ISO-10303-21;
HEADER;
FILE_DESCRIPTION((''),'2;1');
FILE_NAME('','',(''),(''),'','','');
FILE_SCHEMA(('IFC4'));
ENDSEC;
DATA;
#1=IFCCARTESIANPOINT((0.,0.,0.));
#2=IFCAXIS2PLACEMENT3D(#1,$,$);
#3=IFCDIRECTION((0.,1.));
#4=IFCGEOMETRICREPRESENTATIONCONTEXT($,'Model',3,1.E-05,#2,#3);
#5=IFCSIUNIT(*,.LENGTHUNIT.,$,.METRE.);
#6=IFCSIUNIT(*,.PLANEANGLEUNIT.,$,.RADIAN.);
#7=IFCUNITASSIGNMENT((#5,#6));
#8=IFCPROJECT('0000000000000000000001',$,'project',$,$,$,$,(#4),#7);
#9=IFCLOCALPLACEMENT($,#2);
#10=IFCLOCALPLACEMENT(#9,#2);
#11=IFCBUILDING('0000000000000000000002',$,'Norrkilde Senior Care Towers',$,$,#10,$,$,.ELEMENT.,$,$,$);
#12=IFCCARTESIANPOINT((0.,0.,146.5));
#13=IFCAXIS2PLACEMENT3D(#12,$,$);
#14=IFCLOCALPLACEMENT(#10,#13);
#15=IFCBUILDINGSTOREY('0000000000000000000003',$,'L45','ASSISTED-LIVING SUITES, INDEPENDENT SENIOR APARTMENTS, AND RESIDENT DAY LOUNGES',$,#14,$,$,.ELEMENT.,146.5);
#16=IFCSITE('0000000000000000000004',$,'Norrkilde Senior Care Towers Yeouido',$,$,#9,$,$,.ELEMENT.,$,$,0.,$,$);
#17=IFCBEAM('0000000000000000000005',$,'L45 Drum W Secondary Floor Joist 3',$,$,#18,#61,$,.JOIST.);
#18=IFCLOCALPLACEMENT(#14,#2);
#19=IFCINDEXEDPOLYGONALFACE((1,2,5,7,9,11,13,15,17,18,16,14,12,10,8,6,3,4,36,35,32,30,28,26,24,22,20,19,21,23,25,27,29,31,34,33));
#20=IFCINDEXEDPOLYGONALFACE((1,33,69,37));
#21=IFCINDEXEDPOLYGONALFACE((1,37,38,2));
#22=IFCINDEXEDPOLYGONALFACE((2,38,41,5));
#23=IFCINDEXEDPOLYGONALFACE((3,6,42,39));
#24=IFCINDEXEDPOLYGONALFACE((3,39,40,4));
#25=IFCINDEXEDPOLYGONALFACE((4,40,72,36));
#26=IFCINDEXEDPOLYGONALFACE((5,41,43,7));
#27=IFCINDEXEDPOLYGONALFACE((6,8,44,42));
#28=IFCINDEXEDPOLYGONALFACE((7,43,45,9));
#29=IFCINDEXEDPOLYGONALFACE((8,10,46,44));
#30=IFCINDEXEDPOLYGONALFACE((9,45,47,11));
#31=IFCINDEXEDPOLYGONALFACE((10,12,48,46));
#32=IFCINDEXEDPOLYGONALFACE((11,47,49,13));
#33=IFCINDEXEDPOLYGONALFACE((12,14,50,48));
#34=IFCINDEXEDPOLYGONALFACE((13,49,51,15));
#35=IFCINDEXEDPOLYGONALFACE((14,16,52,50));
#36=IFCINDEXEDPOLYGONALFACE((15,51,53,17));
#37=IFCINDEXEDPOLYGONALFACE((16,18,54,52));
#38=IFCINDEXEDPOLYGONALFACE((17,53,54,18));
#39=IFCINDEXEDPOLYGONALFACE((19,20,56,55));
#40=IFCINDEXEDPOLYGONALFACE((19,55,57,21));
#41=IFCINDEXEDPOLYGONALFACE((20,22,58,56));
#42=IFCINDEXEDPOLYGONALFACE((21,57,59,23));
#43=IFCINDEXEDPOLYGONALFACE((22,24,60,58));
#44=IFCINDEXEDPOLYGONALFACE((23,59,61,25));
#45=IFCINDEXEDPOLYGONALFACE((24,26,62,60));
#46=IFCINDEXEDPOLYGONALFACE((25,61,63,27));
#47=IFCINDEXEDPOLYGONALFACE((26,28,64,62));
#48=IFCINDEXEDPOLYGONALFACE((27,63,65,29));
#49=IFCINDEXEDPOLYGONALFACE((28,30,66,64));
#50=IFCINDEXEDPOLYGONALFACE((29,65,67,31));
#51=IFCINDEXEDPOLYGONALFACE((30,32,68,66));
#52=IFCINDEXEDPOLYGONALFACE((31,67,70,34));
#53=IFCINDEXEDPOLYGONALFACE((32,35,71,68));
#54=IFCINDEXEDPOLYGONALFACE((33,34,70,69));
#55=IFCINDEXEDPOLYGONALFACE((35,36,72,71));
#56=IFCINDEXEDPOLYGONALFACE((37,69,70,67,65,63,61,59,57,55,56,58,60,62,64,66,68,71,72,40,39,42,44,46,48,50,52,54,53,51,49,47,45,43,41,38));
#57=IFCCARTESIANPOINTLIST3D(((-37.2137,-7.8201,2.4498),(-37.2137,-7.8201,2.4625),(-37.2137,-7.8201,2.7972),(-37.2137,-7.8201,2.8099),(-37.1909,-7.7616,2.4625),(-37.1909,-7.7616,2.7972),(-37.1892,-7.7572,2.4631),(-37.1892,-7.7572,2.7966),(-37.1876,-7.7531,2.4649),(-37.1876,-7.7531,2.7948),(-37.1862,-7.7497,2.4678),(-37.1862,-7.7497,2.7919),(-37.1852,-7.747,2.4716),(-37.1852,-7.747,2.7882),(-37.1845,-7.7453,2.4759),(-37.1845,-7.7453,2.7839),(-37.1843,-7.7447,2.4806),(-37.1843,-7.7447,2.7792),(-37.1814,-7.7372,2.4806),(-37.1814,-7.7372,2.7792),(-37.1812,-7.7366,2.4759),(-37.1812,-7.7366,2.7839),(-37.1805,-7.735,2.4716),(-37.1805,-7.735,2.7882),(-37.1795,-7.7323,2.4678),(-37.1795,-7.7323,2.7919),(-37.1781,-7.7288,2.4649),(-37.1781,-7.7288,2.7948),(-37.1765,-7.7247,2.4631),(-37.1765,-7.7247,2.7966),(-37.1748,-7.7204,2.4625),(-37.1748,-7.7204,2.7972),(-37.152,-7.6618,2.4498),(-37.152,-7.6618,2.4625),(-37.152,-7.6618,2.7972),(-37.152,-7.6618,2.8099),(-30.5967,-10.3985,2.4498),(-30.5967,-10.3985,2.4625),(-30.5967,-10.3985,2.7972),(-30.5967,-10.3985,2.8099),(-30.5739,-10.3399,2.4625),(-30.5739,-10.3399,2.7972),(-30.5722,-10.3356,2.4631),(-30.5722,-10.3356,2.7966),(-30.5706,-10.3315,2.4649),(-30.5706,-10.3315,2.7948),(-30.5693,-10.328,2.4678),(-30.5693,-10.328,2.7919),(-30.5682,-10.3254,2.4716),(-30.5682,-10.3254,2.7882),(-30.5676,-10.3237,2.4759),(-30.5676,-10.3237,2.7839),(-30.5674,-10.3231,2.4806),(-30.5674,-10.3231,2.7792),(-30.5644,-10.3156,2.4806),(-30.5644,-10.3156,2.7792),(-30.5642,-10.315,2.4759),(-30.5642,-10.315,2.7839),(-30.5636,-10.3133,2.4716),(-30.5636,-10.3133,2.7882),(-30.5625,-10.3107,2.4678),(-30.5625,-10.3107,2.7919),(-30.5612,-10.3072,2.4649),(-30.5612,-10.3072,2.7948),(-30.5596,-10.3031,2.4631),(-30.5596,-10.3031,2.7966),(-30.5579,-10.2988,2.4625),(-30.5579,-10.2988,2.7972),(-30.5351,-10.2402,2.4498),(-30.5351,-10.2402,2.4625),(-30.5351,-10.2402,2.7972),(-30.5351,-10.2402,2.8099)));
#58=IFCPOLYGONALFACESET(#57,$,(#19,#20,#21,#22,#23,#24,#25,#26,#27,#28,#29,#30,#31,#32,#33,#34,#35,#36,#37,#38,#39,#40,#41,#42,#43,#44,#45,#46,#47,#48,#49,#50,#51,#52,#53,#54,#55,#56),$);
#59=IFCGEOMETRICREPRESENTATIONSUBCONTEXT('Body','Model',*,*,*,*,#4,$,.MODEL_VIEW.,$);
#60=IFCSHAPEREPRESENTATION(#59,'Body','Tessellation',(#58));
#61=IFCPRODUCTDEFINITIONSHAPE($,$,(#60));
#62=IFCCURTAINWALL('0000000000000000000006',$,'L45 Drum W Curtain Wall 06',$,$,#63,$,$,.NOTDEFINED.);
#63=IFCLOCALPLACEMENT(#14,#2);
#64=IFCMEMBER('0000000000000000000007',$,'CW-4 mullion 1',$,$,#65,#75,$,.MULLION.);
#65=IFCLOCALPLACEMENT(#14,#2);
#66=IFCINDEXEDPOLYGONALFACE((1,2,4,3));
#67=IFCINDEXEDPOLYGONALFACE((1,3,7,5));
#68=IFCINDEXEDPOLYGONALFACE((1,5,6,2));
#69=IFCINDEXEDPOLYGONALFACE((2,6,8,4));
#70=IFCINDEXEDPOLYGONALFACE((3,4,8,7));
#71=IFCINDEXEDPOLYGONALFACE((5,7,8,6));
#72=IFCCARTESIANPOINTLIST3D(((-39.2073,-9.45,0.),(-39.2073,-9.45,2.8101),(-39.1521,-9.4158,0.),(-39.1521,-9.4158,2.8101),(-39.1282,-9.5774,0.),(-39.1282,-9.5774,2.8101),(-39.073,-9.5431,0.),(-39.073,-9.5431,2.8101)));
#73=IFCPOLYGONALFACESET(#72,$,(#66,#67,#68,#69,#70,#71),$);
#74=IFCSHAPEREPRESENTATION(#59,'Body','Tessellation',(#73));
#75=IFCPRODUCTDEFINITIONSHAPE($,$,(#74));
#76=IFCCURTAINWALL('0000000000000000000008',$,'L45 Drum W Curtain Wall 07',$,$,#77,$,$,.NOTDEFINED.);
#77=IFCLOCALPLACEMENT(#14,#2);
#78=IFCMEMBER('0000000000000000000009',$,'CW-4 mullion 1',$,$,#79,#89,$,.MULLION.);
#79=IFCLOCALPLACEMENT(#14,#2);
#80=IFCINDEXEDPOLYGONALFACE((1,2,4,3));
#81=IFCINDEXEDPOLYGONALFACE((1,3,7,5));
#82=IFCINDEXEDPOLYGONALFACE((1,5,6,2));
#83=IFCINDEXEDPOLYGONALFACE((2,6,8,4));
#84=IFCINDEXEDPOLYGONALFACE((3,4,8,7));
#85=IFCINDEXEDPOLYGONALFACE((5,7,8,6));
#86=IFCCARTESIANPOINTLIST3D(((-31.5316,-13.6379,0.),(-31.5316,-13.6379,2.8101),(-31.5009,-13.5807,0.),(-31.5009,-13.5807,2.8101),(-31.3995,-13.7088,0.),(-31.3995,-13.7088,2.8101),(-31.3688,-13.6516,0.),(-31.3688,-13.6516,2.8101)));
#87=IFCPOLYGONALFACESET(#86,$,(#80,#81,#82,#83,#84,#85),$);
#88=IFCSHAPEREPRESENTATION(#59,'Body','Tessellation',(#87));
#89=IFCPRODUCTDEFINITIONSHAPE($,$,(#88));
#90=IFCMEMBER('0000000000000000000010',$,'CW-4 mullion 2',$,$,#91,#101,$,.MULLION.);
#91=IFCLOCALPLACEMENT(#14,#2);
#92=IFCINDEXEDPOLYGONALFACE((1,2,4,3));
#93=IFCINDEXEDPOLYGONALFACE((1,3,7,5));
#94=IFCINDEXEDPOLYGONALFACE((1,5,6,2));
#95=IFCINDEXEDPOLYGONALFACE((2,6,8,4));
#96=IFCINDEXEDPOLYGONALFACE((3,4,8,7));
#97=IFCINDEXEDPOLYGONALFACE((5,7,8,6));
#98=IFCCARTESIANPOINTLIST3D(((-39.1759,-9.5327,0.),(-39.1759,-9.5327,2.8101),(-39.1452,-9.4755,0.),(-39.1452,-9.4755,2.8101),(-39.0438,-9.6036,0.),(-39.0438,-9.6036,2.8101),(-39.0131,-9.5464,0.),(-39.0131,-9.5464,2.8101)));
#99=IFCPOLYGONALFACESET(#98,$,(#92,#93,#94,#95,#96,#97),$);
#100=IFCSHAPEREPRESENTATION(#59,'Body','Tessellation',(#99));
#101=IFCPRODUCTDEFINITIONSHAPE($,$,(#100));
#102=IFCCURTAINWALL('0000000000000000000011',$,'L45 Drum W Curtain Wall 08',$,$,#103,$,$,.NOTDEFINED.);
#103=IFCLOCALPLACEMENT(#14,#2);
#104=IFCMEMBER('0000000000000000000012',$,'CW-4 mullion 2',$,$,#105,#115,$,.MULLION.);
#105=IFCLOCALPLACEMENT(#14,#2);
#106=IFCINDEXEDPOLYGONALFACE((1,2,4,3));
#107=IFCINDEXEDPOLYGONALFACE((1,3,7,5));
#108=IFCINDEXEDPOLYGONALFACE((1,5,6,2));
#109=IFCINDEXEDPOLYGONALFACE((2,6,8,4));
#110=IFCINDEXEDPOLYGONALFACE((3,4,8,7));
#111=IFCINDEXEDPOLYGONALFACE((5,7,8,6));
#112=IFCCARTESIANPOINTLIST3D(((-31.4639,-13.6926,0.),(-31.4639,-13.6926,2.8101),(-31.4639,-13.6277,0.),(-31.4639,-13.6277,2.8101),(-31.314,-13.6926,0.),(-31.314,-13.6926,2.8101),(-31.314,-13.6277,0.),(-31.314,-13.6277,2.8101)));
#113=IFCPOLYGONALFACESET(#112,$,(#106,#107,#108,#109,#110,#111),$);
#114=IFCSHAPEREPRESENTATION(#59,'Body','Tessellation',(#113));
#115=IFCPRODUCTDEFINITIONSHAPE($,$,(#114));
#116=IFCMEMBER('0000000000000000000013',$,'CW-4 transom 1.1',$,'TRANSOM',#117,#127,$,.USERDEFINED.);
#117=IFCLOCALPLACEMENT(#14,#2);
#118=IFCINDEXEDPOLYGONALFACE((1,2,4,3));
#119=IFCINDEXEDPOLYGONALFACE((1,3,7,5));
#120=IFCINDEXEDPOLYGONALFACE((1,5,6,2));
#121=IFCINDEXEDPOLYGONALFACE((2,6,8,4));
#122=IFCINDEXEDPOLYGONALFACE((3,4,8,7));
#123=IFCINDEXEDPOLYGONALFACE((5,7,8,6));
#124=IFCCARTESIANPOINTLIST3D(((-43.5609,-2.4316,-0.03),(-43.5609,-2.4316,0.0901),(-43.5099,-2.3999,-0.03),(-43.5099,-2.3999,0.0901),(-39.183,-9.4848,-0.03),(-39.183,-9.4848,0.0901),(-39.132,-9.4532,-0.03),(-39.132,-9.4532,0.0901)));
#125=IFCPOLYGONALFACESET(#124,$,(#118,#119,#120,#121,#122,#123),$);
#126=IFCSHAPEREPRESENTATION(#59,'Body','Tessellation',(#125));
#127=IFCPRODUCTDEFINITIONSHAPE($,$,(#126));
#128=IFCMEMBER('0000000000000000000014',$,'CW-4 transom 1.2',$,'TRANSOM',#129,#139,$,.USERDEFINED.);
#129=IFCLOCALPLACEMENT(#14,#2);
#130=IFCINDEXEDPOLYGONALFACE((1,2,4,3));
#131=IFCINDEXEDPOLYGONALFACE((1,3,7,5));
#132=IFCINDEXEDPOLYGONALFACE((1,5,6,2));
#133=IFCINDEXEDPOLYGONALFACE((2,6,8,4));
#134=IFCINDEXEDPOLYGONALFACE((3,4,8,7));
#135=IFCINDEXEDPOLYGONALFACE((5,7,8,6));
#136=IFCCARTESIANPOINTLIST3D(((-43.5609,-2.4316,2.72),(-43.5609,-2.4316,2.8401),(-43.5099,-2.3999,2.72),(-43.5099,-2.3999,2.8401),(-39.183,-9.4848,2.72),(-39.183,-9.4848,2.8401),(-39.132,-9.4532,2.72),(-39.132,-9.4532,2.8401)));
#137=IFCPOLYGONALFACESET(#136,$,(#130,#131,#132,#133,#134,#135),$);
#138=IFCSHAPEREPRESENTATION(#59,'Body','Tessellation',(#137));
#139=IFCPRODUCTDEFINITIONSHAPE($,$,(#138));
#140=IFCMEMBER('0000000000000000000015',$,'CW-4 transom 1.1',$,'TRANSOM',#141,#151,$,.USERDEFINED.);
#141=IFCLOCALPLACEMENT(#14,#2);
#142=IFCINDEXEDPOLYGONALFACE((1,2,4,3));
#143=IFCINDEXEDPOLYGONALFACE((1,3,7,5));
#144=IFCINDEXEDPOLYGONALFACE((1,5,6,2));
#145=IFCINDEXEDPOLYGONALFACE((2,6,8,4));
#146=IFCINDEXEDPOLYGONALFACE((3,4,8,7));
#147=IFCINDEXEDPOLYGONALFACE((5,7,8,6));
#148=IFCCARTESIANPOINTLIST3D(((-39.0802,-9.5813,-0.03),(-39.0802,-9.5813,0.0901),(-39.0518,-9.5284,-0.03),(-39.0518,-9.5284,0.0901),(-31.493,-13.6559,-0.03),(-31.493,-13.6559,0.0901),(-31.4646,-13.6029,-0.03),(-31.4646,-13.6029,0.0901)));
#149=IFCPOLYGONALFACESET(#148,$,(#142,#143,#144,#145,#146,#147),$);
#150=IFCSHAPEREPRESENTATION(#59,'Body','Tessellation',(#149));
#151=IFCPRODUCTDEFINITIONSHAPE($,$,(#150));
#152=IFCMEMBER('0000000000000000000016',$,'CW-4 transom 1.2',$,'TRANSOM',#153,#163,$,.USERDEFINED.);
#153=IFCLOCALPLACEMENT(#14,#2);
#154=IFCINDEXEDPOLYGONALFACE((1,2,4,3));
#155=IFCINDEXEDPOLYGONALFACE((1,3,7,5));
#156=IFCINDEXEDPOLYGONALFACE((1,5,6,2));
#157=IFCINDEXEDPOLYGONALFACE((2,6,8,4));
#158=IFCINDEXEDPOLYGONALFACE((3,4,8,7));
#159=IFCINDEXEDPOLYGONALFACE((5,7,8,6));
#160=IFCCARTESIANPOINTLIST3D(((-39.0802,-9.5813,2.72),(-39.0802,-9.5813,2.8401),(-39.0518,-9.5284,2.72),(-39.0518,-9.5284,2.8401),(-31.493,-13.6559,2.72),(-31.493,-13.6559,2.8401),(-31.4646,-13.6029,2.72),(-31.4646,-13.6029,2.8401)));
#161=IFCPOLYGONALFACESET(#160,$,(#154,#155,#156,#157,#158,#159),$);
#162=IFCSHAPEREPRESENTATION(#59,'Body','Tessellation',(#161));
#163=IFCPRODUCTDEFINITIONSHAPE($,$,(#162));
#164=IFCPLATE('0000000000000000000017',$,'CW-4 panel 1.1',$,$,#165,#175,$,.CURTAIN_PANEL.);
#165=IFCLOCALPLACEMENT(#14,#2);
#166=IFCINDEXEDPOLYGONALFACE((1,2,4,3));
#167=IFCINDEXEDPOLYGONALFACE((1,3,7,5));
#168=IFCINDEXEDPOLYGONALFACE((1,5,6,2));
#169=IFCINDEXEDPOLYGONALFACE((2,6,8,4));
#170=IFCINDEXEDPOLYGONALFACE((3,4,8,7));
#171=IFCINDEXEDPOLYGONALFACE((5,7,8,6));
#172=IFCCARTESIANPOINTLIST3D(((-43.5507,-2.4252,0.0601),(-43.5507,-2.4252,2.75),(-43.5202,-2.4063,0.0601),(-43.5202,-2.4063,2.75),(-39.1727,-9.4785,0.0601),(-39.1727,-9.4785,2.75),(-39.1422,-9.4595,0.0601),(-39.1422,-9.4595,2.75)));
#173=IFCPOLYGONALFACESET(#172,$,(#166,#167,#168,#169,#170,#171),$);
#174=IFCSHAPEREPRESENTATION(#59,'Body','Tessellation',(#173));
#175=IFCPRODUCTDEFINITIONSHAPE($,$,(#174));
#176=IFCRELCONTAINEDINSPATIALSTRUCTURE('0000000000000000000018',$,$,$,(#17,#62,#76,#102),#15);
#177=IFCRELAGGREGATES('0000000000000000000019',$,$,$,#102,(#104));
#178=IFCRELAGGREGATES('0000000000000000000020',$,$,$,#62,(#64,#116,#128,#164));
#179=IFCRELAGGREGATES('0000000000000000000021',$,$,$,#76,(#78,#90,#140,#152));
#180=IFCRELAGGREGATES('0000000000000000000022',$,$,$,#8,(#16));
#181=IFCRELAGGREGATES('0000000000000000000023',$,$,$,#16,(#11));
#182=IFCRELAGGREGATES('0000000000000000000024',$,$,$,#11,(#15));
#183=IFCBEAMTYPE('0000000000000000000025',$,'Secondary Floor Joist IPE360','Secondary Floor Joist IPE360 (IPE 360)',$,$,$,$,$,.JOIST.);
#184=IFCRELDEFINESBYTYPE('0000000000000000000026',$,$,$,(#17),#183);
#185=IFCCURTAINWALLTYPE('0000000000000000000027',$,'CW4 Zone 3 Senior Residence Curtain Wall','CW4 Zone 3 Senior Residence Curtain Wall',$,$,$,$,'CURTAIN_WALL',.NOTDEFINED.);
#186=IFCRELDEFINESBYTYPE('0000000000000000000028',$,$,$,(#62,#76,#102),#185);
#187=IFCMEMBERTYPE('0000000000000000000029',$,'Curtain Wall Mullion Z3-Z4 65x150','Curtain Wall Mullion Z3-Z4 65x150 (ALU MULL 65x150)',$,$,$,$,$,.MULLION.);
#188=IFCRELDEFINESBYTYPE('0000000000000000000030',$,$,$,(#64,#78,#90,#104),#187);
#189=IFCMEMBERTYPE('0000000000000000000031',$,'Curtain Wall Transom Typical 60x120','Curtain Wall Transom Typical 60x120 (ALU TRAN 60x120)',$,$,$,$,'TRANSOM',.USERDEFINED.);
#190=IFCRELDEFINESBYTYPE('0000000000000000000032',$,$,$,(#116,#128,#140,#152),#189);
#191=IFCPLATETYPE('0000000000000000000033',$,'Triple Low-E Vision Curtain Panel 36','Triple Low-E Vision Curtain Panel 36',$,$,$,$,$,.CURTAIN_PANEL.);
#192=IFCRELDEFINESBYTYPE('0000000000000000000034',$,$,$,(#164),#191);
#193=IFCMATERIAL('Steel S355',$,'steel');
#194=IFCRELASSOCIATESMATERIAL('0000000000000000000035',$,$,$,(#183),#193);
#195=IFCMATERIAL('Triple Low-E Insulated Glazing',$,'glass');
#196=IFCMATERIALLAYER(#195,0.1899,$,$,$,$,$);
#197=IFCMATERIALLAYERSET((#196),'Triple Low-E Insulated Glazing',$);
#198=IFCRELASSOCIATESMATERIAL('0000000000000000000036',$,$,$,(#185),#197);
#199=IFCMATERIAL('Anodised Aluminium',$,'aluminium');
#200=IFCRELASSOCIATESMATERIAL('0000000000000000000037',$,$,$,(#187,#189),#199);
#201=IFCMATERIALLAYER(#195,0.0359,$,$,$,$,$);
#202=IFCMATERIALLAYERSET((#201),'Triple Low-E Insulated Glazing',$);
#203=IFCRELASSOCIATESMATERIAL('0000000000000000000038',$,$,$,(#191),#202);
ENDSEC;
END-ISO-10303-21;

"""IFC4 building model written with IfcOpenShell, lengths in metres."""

from ifc_helpers import new_model, si_unit, direction, frame, origin, origin_2d, place, context, subcontext, project, spatial, rectangle, i_section, extrude, source, transform, mapped, material, layer, layer_set, material_profile, profile_set, type_object, type_shapes, element, aggregate, save


model = new_model("IFC4")

# Units and contexts
model_context = context("Model", 3, precision=1e-05, world=origin(), true_north=direction((0.0, 1.0)))
body_context = subcontext(model_context, "Body", "Model", "MODEL_VIEW")
ifc_project = project(units=[si_unit("LENGTHUNIT", "METRE"), si_unit("PLANEANGLEUNIT", "RADIAN")], contexts=[model_context])

# Site, building, storey
site_placement = place(None, origin())
site = spatial("IfcSite", under=ifc_project, at=site_placement, Name="Norrkilde Senior Care Towers Yeouido", CompositionType="ELEMENT", RefElevation=0.0)
building_placement = place(site_placement, origin())
building = spatial("IfcBuilding", under=site, at=building_placement, Name="Norrkilde Senior Care Towers", CompositionType="ELEMENT")
storey_placement = place(building_placement, frame((0.0, 0.0, 146.5)))
storey = spatial("IfcBuildingStorey", under=building, at=storey_placement, Name="L45", Description="ASSISTED-LIVING SUITES, INDEPENDENT SENIOR APARTMENTS, AND RESIDENT DAY LOUNGES", CompositionType="ELEMENT", Elevation=146.5)

# Beam
ifc_material_1 = material(Name="Steel S355", Category="steel")
ifc_material_profile_1 = material_profile(ifc_material_1, i_section(OverallWidth=0.1699, OverallDepth=0.3601, WebThickness=0.0081, FlangeThickness=0.0127, FilletRadius=0.0181, at=origin_2d()), Name="IPE 360")
ifc_profile_set_1 = profile_set([ifc_material_profile_1], Name="Steel S355")
beam_type_1 = type_object("IfcBeamType", Name="Secondary Floor Joist IPE360", Description="Secondary Floor Joist IPE360 (IPE 360)", PredefinedType="JOIST", material=ifc_profile_set_1)
shared_shape_1 = source(origin(), body_context, "Body", "SweptSolid", [
    extrude(i_section(OverallWidth=0.1699, OverallDepth=0.3601, WebThickness=0.0081, FlangeThickness=0.0127, FilletRadius=0.0181, at=origin_2d()), origin(), (0.0, 0.0, 1.0), 7.1016),
])
type_shapes(beam_type_1, [shared_shape_1])
beam_1_placement = place(storey_placement, frame((-37.1829, -7.741, 2.6299), z_axis=(0.931761, -0.363072, 0.0), x_axis=(0.363072, 0.931761, 0.0)))
element("IfcBeam", 1, at=beam_1_placement, inside=storey, type_object=beam_type_1, Name="L45 Drum W Secondary Floor Joist 3", PredefinedType="JOIST", context=body_context, shape_type="MappedRepresentation", body=[
    mapped(shared_shape_1, transform((0.0, 0.0, 0.0), x_axis=(1.0, 0.0, 0.0), y_axis=(0.0, 1.0, 0.0), z_axis=(0.0, 0.0, 1.0), scale=1.0)),
])

# Curtain wall, member
ifc_material_2 = material(Name="Triple Low-E Insulated Glazing", Category="glass")
ifc_layer_1 = layer(ifc_material_2, 0.1899)
ifc_layer_set_1 = layer_set([ifc_layer_1], Name="Triple Low-E Insulated Glazing")
curtain_wall_type = type_object("IfcCurtainWallType", Name="CW4 Zone 3 Senior Residence Curtain Wall", Description="CW4 Zone 3 Senior Residence Curtain Wall", ElementType="CURTAIN_WALL", PredefinedType="NOTDEFINED", material=ifc_layer_set_1)
curtain_wall_1_placement = place(storey_placement, origin())
curtain_wall_1 = element("IfcCurtainWall", 2, at=curtain_wall_1_placement, inside=storey, type_object=curtain_wall_type, Name="L45 Drum W Curtain Wall 06", PredefinedType="NOTDEFINED")
ifc_material_3 = material(Name="Anodised Aluminium", Category="aluminium")
ifc_material_profile_2 = material_profile(ifc_material_3, rectangle(XDim=0.0649, YDim=0.1499, at=origin_2d()), Name="ALU MULL 65x150")
ifc_profile_set_2 = profile_set([ifc_material_profile_2], Name="Anodised Aluminium")
member_type_1 = type_object("IfcMemberType", Name="Curtain Wall Mullion Z3-Z4 65x150", Description="Curtain Wall Mullion Z3-Z4 65x150 (ALU MULL 65x150)", PredefinedType="MULLION", material=ifc_profile_set_2)
shared_shape_2 = source(origin(), body_context, "Body", "SweptSolid", [
    extrude(rectangle(XDim=0.0649, YDim=0.1499, at=origin_2d()), origin(), (0.0, 0.0, 1.0), 2.8101),
])
type_shapes(member_type_1, [shared_shape_2])
member_1_placement = place(storey_placement, frame((-39.1401, -9.4966, 0.0), z_axis=(0.0, 0.0, 1.0), x_axis=(-0.849634, -0.527373, 0.0)))
member_1 = element("IfcMember", 3, at=member_1_placement, type_object=member_type_1, Name="CW-4 mullion 1", PredefinedType="MULLION", context=body_context, shape_type="MappedRepresentation", body=[
    mapped(shared_shape_2, transform((0.0, 0.0, 0.0), x_axis=(1.0, 0.0, 0.0), y_axis=(0.0, 1.0, 0.0), z_axis=(0.0, 0.0, 1.0), scale=1.0)),
])

# Curtain wall, members
curtain_wall_2_placement = place(storey_placement, origin())
curtain_wall_2 = element("IfcCurtainWall", 4, at=curtain_wall_2_placement, inside=storey, type_object=curtain_wall_type, Name="L45 Drum W Curtain Wall 07", PredefinedType="NOTDEFINED")
member_2_placement = place(storey_placement, frame((-31.4502, -13.6448, 0.0), z_axis=(0.0, 0.0, 1.0), x_axis=(-0.473117, -0.881, 0.0)))
member_2 = element("IfcMember", 5, at=member_2_placement, type_object=member_type_1, Name="CW-4 mullion 1", PredefinedType="MULLION", context=body_context, shape_type="MappedRepresentation", body=[
    mapped(shared_shape_2, transform((0.0, 0.0, 0.0), x_axis=(1.0, 0.0, 0.0), y_axis=(0.0, 1.0, 0.0), z_axis=(0.0, 0.0, 1.0), scale=1.0)),
])
member_3_placement = place(storey_placement, frame((-39.0945, -9.5396, 0.0), z_axis=(0.0, 0.0, 1.0), x_axis=(-0.473117, -0.881, 0.0)))
member_3 = element("IfcMember", 6, at=member_3_placement, type_object=member_type_1, Name="CW-4 mullion 2", PredefinedType="MULLION", context=body_context, shape_type="MappedRepresentation", body=[
    mapped(shared_shape_2, transform((0.0, 0.0, 0.0), x_axis=(1.0, 0.0, 0.0), y_axis=(0.0, 1.0, 0.0), z_axis=(0.0, 0.0, 1.0), scale=1.0)),
])

# Curtain wall, member
curtain_wall_3_placement = place(storey_placement, origin())
curtain_wall_3 = element("IfcCurtainWall", 7, at=curtain_wall_3_placement, inside=storey, type_object=curtain_wall_type, Name="L45 Drum W Curtain Wall 08", PredefinedType="NOTDEFINED")
member_4_placement = place(storey_placement, frame((-31.3889, -13.6602, 0.0), z_axis=(0.0, 0.0, 1.0), x_axis=(0.0, -1.0, 0.0)))
member_4 = element("IfcMember", 8, at=member_4_placement, type_object=member_type_1, Name="CW-4 mullion 2", PredefinedType="MULLION", context=body_context, shape_type="MappedRepresentation", body=[
    mapped(shared_shape_2, transform((0.0, 0.0, 0.0), x_axis=(1.0, 0.0, 0.0), y_axis=(0.0, 1.0, 0.0), z_axis=(0.0, 0.0, 1.0), scale=1.0)),
])
aggregate(curtain_wall_3, [member_4])

# Members
ifc_material_profile_3 = material_profile(ifc_material_3, rectangle(XDim=0.0601, YDim=0.1201, at=origin_2d()), Name="ALU TRAN 60x120")
ifc_profile_set_3 = profile_set([ifc_material_profile_3], Name="Anodised Aluminium")
member_type_2 = type_object("IfcMemberType", Name="Curtain Wall Transom Typical 60x120", Description="Curtain Wall Transom Typical 60x120 (ALU TRAN 60x120)", ElementType="TRANSOM", PredefinedType="USERDEFINED", material=ifc_profile_set_3)
shared_shape_3 = source(origin(), body_context, "Body", "SweptSolid", [
    extrude(rectangle(XDim=0.0601, YDim=0.1201, at=origin_2d()), origin(), (0.0, 0.0, 1.0), 8.3015),
])
member_5_placement = place(storey_placement, frame((-39.1575, -9.469, 0.03), z_axis=(-0.527369, 0.849637, 0.0), x_axis=(-0.849637, -0.527369, 0.0)))
member_5 = element("IfcMember", 9, at=member_5_placement, type_object=member_type_2, Name="CW-4 transom 1.1", ObjectType="TRANSOM", PredefinedType="USERDEFINED", context=body_context, shape_type="MappedRepresentation", body=[
    mapped(shared_shape_3, transform((0.0, 0.0, 0.0), x_axis=(1.0, 0.0, 0.0), y_axis=(0.0, 1.0, 0.0), z_axis=(0.0, 0.0, 1.0), scale=1.0)),
])
member_6_placement = place(storey_placement, frame((-39.1575, -9.469, 2.78), z_axis=(-0.527369, 0.849637, 0.0), x_axis=(-0.849637, -0.527369, 0.0)))
member_6 = element("IfcMember", 10, at=member_6_placement, type_object=member_type_2, Name="CW-4 transom 1.2", ObjectType="TRANSOM", PredefinedType="USERDEFINED", context=body_context, shape_type="MappedRepresentation", body=[
    mapped(shared_shape_3, transform((0.0, 0.0, 0.0), x_axis=(1.0, 0.0, 0.0), y_axis=(0.0, 1.0, 0.0), z_axis=(0.0, 0.0, 1.0), scale=1.0)),
])
shared_shape_4 = source(origin(), body_context, "Body", "SweptSolid", [
    extrude(rectangle(XDim=0.0601, YDim=0.1201, at=origin_2d()), origin(), (0.0, 0.0, 1.0), 8.6121),
])
type_shapes(member_type_2, [shared_shape_3, shared_shape_4])
member_7_placement = place(storey_placement, frame((-31.4788, -13.6294, 0.03), z_axis=(-0.881, 0.473116, 0.0), x_axis=(-0.473116, -0.881, 0.0)))
member_7 = element("IfcMember", 11, at=member_7_placement, type_object=member_type_2, Name="CW-4 transom 1.1", ObjectType="TRANSOM", PredefinedType="USERDEFINED", context=body_context, shape_type="MappedRepresentation", body=[
    mapped(shared_shape_4, transform((0.0, 0.0, 0.0), x_axis=(1.0, 0.0, 0.0), y_axis=(0.0, 1.0, 0.0), z_axis=(0.0, 0.0, 1.0), scale=1.0)),
])
member_8_placement = place(storey_placement, frame((-31.4788, -13.6294, 2.78), z_axis=(-0.881, 0.473116, 0.0), x_axis=(-0.473116, -0.881, 0.0)))
member_8 = element("IfcMember", 12, at=member_8_placement, type_object=member_type_2, Name="CW-4 transom 1.2", ObjectType="TRANSOM", PredefinedType="USERDEFINED", context=body_context, shape_type="MappedRepresentation", body=[
    mapped(shared_shape_4, transform((0.0, 0.0, 0.0), x_axis=(1.0, 0.0, 0.0), y_axis=(0.0, 1.0, 0.0), z_axis=(0.0, 0.0, 1.0), scale=1.0)),
])

# Plate
ifc_layer_2 = layer(ifc_material_2, 0.0359)
ifc_layer_set_2 = layer_set([ifc_layer_2], Name="Triple Low-E Insulated Glazing")
plate_type = type_object("IfcPlateType", Name="Triple Low-E Vision Curtain Panel 36", Description="Triple Low-E Vision Curtain Panel 36", PredefinedType="CURTAIN_PANEL", material=ifc_layer_set_2)
shared_shape_5 = source(origin(), body_context, "Body", "SweptSolid", [
    extrude(rectangle(XDim=8.3015, YDim=0.0359, at=origin_2d()), origin(), (0.0, 0.0, 1.0), 2.6899),
])
plate_1_placement = place(storey_placement, frame((-41.3464, -5.9424, 0.0601), z_axis=(0.0, 0.0, 1.0), x_axis=(-0.527373, 0.849634, 0.0)))
plate_1 = element("IfcPlate", 13, at=plate_1_placement, type_object=plate_type, Name="CW-4 panel 1.1", PredefinedType="CURTAIN_PANEL", context=body_context, shape_type="MappedRepresentation", body=[
    mapped(shared_shape_5, transform((0.0, 0.0, 0.0), x_axis=(1.0, 0.0, 0.0), y_axis=(0.0, 1.0, 0.0), z_axis=(0.0, 0.0, 1.0), scale=1.0)),
])
aggregate(curtain_wall_1, [member_1, member_5, member_6, plate_1])
aggregate(curtain_wall_2, [member_2, member_3, member_7, member_8])

save(model, "model.ifc")
